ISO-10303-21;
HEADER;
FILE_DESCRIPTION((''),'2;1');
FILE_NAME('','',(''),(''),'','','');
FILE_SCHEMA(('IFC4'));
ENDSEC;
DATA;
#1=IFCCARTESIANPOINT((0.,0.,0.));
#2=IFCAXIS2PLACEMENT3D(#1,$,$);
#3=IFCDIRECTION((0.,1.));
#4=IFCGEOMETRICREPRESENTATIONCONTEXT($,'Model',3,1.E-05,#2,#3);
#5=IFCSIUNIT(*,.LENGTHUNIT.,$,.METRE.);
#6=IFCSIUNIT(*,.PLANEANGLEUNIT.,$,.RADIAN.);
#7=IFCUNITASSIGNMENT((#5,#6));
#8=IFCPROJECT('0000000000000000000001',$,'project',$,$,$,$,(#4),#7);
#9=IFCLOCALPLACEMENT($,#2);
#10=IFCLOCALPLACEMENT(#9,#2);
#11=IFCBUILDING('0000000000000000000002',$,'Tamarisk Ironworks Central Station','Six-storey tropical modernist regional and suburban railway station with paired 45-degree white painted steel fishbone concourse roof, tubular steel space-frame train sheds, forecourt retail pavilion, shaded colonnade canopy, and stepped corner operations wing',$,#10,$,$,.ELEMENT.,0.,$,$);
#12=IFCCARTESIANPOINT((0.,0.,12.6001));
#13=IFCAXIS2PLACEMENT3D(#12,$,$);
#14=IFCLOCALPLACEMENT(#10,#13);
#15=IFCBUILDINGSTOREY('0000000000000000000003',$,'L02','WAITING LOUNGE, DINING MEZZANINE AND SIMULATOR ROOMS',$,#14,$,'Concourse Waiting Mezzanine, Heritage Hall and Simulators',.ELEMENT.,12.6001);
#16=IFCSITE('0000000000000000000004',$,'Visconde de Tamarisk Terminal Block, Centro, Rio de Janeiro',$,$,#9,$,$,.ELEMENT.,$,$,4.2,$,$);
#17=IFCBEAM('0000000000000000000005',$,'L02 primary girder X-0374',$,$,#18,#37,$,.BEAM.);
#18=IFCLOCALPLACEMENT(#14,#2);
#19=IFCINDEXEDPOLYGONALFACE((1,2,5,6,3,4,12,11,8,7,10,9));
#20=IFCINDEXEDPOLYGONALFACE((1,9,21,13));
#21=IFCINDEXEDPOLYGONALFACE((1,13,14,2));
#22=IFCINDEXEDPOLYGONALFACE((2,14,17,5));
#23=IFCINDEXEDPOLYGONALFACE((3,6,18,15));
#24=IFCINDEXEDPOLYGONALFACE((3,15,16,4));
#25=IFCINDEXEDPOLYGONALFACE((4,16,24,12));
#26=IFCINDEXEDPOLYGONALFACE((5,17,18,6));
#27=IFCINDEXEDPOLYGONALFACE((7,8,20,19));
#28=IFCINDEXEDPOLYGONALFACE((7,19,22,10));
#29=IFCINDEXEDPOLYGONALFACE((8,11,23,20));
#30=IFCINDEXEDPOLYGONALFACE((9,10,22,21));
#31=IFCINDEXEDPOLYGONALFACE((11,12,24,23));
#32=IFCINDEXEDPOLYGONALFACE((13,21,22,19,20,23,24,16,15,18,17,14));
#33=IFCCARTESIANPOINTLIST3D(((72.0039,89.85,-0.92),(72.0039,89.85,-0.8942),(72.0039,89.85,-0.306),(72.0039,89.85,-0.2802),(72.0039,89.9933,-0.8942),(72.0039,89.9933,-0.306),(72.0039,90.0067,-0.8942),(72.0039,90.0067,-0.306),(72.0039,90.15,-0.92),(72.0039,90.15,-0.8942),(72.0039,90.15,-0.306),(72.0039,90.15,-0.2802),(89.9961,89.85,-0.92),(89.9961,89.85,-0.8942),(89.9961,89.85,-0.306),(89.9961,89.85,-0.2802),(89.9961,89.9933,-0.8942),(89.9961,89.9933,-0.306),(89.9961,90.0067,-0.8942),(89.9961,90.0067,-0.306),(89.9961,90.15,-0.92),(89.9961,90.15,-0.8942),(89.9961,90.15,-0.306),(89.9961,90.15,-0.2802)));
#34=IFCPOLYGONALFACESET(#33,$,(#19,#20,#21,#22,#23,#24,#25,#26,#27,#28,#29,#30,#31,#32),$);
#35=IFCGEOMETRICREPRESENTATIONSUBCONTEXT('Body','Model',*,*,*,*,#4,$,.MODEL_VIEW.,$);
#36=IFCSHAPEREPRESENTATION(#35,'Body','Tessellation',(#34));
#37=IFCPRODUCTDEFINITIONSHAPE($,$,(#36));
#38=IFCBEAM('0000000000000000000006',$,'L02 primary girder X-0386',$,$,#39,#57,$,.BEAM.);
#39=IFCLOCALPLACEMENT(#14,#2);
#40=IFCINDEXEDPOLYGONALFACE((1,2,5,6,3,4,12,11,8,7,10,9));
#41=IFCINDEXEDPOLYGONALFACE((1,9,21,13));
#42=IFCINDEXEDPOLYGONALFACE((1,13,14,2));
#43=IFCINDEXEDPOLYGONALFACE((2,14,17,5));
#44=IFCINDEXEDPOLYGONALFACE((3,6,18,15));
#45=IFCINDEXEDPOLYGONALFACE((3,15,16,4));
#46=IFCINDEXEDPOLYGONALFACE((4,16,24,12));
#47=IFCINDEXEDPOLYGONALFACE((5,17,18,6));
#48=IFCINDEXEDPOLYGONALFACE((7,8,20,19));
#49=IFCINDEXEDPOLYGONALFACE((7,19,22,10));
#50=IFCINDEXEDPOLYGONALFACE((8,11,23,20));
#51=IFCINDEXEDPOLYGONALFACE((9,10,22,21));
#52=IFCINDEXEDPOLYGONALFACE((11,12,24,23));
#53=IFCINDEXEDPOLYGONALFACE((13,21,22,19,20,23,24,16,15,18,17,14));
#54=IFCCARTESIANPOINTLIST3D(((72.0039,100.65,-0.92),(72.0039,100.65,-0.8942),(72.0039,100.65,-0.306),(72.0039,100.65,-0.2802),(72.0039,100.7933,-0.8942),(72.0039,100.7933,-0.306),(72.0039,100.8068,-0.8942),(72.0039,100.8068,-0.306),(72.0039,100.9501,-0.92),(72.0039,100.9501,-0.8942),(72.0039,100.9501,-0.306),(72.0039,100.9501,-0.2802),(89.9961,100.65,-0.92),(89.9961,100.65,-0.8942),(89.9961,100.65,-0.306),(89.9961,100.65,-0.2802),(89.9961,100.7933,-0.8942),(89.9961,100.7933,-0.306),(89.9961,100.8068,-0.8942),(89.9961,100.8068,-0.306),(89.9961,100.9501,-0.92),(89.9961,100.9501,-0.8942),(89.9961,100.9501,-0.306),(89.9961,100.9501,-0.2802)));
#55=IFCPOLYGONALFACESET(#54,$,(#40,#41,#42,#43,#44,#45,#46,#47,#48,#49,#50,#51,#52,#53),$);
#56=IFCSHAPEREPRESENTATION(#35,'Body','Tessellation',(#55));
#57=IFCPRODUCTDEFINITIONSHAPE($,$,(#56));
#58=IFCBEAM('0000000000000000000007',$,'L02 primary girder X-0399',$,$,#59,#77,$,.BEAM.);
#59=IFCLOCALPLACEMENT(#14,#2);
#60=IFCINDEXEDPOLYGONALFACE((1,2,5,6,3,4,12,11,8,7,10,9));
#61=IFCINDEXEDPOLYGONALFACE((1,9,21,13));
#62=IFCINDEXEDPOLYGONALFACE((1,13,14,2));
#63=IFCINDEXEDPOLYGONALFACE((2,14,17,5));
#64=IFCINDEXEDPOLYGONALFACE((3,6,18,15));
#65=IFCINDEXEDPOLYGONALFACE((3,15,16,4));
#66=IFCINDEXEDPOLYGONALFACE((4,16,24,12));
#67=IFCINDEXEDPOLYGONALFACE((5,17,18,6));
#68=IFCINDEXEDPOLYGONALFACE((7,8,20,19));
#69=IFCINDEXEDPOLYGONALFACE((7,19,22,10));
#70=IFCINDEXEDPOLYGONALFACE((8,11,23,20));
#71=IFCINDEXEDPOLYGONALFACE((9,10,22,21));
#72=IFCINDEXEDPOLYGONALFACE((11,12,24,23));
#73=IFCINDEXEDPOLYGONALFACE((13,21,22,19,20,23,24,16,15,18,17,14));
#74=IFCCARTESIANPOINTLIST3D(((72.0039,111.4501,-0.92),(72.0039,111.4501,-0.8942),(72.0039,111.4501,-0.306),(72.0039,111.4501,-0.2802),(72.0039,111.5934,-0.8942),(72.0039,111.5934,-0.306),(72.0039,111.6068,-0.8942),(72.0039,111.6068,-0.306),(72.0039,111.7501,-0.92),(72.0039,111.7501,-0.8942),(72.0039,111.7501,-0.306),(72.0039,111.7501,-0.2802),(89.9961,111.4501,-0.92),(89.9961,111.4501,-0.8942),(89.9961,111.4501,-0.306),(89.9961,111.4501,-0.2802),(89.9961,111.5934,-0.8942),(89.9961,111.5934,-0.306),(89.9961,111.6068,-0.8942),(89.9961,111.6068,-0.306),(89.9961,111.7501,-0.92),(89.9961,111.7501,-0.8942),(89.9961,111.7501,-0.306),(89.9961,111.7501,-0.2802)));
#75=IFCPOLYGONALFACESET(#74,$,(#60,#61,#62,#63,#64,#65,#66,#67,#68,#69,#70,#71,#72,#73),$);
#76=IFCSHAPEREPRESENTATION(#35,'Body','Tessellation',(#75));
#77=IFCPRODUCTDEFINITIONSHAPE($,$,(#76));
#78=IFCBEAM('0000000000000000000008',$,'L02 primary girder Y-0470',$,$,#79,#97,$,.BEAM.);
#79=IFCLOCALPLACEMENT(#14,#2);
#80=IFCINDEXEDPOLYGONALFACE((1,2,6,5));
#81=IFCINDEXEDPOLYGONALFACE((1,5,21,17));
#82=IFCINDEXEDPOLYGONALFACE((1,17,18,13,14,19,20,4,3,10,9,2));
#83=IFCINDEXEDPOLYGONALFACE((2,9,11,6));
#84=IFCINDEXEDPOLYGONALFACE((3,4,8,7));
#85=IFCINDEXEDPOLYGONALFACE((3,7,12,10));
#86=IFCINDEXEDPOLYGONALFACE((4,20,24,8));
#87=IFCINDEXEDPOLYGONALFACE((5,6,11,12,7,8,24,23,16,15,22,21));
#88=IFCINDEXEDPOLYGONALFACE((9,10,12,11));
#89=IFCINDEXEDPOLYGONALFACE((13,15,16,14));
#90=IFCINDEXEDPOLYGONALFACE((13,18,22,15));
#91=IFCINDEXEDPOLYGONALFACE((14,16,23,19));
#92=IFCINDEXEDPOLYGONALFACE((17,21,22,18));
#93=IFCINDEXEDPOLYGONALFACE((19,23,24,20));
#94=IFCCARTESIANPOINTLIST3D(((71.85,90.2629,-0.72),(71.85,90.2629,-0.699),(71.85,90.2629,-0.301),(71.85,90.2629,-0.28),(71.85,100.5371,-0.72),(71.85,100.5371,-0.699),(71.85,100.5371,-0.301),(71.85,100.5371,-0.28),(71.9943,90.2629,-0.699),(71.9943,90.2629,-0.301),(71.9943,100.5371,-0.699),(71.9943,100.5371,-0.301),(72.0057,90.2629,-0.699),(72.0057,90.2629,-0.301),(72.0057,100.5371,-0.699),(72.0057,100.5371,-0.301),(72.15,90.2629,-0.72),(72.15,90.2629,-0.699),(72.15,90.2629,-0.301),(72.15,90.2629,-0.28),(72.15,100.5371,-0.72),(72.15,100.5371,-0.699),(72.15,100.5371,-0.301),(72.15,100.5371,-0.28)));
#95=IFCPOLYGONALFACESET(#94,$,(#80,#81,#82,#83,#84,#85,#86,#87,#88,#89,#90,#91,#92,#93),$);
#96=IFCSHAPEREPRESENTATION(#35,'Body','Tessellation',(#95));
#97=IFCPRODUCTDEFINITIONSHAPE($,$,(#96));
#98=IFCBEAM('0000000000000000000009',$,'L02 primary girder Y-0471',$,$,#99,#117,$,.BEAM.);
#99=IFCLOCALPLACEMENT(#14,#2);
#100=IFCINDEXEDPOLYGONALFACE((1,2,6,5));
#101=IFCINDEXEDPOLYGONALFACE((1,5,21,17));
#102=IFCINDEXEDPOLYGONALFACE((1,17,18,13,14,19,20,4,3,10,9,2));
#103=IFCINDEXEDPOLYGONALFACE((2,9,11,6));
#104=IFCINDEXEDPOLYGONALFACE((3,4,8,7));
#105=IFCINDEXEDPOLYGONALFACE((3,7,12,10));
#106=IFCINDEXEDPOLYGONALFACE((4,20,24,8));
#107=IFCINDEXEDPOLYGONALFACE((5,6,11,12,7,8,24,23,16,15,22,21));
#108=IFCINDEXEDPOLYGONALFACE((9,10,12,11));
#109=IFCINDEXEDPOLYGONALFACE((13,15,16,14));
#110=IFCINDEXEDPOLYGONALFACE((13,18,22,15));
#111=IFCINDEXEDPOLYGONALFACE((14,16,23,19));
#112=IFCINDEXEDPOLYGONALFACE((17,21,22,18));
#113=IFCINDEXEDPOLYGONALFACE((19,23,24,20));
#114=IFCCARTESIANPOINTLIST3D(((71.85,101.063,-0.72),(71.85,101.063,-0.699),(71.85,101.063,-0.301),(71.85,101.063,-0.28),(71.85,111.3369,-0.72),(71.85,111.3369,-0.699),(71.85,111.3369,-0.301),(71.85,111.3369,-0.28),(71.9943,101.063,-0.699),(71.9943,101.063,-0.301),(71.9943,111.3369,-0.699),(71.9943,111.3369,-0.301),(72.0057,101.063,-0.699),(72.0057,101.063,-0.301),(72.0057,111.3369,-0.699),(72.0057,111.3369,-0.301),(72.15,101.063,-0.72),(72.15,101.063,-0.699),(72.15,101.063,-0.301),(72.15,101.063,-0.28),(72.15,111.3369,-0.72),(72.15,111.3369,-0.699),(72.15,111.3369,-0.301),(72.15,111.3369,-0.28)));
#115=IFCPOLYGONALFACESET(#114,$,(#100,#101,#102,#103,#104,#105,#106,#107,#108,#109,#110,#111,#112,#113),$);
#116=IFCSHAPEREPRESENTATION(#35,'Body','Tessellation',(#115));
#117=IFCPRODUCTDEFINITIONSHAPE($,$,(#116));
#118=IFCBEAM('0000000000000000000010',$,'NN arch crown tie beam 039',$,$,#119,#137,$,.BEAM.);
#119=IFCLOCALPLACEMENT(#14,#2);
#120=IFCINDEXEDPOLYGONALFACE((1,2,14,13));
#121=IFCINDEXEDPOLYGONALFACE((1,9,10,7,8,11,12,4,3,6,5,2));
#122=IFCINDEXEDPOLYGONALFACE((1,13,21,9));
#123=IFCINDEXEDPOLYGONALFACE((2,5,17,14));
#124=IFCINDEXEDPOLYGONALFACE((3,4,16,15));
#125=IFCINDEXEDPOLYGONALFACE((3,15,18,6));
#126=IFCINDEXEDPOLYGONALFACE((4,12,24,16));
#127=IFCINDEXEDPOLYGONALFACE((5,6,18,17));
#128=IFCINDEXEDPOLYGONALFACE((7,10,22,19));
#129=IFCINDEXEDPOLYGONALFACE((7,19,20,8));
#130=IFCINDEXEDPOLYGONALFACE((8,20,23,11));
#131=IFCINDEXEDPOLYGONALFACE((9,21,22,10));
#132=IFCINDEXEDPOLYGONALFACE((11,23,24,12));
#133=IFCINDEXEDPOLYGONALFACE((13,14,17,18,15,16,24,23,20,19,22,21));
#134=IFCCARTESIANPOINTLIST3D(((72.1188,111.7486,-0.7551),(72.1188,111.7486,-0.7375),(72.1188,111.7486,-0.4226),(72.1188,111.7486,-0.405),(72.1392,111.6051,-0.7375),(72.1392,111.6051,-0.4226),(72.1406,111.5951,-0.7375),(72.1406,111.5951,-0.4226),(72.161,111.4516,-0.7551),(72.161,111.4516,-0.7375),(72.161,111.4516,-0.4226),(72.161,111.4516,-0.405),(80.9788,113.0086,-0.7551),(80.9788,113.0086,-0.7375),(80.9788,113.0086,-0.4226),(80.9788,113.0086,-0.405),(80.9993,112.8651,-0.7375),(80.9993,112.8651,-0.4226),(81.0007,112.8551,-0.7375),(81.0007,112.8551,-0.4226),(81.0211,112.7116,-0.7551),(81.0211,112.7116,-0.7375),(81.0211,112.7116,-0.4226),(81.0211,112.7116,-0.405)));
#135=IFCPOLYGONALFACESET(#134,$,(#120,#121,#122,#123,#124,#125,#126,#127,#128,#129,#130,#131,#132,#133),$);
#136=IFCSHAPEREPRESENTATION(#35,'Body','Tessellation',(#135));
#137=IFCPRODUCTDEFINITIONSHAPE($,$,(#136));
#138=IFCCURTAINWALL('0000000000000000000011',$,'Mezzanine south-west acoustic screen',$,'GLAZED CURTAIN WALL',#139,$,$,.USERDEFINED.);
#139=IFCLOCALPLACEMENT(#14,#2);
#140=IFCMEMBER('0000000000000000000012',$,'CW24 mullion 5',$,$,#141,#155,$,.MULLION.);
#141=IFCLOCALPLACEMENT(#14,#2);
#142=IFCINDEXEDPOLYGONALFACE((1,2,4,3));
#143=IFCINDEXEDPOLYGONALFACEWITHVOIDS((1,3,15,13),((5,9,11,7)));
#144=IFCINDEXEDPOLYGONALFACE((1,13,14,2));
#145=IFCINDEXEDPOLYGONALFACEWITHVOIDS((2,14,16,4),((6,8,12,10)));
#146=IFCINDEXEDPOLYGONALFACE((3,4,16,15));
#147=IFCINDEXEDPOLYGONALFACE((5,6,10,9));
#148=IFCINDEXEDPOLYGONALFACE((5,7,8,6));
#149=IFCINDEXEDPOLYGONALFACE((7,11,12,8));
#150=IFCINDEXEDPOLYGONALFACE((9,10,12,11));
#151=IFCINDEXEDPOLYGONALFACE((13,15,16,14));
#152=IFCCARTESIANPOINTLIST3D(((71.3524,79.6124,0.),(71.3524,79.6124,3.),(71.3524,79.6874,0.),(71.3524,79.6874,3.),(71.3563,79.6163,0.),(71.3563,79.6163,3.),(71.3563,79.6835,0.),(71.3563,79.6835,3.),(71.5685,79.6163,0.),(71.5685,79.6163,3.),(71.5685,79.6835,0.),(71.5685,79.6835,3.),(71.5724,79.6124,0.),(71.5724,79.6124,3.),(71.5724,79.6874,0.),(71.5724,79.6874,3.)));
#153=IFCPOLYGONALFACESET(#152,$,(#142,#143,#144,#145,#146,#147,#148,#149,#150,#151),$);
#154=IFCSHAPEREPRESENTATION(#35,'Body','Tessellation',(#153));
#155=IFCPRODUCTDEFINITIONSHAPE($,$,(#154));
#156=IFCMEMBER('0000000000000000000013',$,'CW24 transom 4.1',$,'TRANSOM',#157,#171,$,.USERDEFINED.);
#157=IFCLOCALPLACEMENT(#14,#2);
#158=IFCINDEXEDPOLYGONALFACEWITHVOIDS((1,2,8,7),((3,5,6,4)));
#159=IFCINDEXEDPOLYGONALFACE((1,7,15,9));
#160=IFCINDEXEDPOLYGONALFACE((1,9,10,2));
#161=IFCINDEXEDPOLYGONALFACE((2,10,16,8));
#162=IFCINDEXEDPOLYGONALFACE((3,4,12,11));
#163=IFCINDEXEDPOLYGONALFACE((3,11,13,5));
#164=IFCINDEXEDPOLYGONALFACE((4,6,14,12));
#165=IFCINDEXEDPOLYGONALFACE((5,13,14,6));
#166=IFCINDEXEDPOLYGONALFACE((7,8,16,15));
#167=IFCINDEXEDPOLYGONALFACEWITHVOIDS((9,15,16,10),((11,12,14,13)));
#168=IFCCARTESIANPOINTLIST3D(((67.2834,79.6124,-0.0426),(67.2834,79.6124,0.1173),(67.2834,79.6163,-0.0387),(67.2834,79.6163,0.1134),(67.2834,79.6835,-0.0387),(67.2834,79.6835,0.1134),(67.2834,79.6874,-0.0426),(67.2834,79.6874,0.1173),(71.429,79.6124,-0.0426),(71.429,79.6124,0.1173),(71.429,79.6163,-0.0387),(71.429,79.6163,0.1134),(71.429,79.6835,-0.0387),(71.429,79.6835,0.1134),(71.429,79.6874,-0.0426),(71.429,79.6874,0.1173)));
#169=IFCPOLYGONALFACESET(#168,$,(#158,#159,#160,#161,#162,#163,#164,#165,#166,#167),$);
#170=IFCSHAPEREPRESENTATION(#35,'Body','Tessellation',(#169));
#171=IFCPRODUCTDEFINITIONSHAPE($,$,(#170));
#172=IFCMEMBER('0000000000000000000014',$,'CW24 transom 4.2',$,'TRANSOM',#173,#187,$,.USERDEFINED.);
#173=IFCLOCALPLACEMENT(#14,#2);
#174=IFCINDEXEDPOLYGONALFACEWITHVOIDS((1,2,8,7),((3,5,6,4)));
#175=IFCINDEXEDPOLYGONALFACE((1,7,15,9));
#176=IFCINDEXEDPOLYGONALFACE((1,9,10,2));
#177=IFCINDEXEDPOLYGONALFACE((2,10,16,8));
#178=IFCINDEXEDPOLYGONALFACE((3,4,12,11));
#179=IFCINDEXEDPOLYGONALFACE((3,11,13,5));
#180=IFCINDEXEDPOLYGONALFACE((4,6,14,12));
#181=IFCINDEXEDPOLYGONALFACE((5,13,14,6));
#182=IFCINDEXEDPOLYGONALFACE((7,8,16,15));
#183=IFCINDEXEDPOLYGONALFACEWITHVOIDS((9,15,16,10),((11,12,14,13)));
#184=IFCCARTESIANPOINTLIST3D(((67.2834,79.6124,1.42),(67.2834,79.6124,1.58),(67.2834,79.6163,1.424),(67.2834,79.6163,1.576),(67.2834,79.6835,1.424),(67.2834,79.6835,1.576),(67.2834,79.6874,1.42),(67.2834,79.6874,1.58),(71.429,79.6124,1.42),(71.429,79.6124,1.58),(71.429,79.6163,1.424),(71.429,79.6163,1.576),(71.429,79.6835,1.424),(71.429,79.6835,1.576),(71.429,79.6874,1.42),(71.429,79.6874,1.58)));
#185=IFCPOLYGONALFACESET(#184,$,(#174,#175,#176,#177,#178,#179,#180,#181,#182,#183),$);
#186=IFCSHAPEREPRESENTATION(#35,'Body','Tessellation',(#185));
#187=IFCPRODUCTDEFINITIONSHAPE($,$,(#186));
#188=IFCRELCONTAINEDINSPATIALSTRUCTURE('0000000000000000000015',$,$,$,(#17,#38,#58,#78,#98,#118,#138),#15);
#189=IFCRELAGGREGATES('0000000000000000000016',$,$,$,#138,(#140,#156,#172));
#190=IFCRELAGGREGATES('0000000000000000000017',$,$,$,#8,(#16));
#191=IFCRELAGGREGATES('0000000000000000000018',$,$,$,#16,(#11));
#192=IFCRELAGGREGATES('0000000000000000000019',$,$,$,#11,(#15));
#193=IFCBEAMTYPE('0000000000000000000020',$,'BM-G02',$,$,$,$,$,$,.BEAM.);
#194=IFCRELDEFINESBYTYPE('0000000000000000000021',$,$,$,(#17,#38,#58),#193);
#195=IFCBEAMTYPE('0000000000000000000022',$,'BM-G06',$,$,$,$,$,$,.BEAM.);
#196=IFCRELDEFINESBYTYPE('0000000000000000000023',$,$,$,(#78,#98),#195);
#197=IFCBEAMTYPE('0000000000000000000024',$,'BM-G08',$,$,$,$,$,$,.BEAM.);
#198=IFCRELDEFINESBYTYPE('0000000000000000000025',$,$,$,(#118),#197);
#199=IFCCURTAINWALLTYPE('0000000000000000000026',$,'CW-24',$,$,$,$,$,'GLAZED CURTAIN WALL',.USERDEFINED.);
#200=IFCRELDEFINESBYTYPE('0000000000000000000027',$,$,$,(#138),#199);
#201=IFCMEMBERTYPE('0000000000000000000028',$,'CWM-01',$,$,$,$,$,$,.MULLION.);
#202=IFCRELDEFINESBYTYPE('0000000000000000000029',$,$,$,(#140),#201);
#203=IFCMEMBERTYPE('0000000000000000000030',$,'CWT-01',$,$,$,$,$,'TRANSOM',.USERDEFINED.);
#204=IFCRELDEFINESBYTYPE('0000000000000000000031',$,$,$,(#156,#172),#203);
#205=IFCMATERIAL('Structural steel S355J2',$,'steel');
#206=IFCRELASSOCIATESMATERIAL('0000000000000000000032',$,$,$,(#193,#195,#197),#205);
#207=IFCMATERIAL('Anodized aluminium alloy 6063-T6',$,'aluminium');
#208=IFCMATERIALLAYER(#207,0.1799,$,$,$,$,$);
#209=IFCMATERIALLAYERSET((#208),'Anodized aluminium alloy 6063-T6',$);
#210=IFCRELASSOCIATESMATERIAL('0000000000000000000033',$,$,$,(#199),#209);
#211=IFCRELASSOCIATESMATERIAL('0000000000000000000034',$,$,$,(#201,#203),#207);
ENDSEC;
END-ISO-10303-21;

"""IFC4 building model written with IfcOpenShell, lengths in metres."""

from ifc_helpers import new_model, si_unit, direction, frame, origin, origin_2d, place, context, subcontext, project, spatial, hollow_rectangle, i_section, extrude, material, layer, layer_set, material_profile, profile_set, type_object, element, aggregate, save


model = new_model("IFC4")

# Units and contexts
model_context = context("Model", 3, precision=1e-05, world=origin(), true_north=direction((0.0, 1.0)))
body_context = subcontext(model_context, "Body", "Model", "MODEL_VIEW")
ifc_project = project(units=[si_unit("LENGTHUNIT", "METRE"), si_unit("PLANEANGLEUNIT", "RADIAN")], contexts=[model_context])

# Site, building, storey
site_placement = place(None, origin())
site = spatial("IfcSite", under=ifc_project, at=site_placement, Name="Visconde de Tamarisk Terminal Block, Centro, Rio de Janeiro", CompositionType="ELEMENT", RefElevation=4.2)
building_placement = place(site_placement, origin())
building = spatial("IfcBuilding", under=site, at=building_placement, Name="Tamarisk Ironworks Central Station", Description="Six-storey tropical modernist regional and suburban railway station with paired 45-degree white painted steel fishbone concourse roof, tubular steel space-frame train sheds, forecourt retail pavilion, shaded colonnade canopy, and stepped corner operations wing", CompositionType="ELEMENT", ElevationOfRefHeight=0.0)
storey_placement = place(building_placement, frame((0.0, 0.0, 12.6001)))
storey = spatial("IfcBuildingStorey", under=building, at=storey_placement, Name="L02", Description="WAITING LOUNGE, DINING MEZZANINE AND SIMULATOR ROOMS", LongName="Concourse Waiting Mezzanine, Heritage Hall and Simulators", CompositionType="ELEMENT", Elevation=12.6001)

# Shared definitions
ifc_material_1 = material(Name="Structural steel S355J2", Category="steel")

# Beams
ifc_material_profile_1 = material_profile(ifc_material_1, i_section(OverallWidth=0.3, OverallDepth=0.6399, WebThickness=0.0134, FlangeThickness=0.0259, at=origin_2d()), Name="HEA 650")
ifc_profile_set_1 = profile_set([ifc_material_profile_1], Name="Structural steel S355J2")
beam_type_1 = type_object("IfcBeamType", Name="BM-G02", PredefinedType="BEAM", material=ifc_profile_set_1)
for number, where, z_axis, x_axis, name in (
    (1, (72.0039, 90.0, -0.6001), (1.0, 0.0, 0.0), (0.0, 1.0, 0.0), "L02 primary girder X-0374"),
    (2, (72.0039, 100.8, -0.6001), (1.0, 0.0, 0.0), (0.0, 1.0, 0.0), "L02 primary girder X-0386"),
    (3, (72.0039, 111.6001, -0.6001), (1.0, 0.0, 0.0), (0.0, 1.0, 0.0), "L02 primary girder X-0399"),
):
    element("IfcBeam", number, at=place(storey_placement, frame(where, z_axis=z_axis, x_axis=x_axis)), inside=storey, type_object=beam_type_1, Name=name, PredefinedType="BEAM", context=body_context, shape_type="SweptSolid", body=[
        extrude(i_section(OverallWidth=0.3, OverallDepth=0.6399, WebThickness=0.0134, FlangeThickness=0.0259, at=origin_2d()), origin(), (0.0, 0.0, 1.0), 17.9922),
    ])
ifc_material_profile_2 = material_profile(ifc_material_1, i_section(OverallWidth=0.3, OverallDepth=0.4399, WebThickness=0.0115, FlangeThickness=0.021, at=origin_2d()), Name="HEA 450")
ifc_profile_set_2 = profile_set([ifc_material_profile_2], Name="Structural steel S355J2")
beam_type_2 = type_object("IfcBeamType", Name="BM-G06", PredefinedType="BEAM", material=ifc_profile_set_2)
beam_1_placement = place(storey_placement, frame((72.0, 90.2629, -0.5), z_axis=(0.0, 1.0, 0.0), x_axis=(-1.0, 0.0, 0.0)))
element("IfcBeam", 4, at=beam_1_placement, inside=storey, type_object=beam_type_2, Name="L02 primary girder Y-0470", PredefinedType="BEAM", context=body_context, shape_type="SweptSolid", body=[
    extrude(i_section(OverallWidth=0.3, OverallDepth=0.4399, WebThickness=0.0115, FlangeThickness=0.021, at=origin_2d()), origin(), (0.0, 0.0, 1.0), 10.2742),
])
beam_2_placement = place(storey_placement, frame((72.0, 101.063, -0.5), z_axis=(0.0, 1.0, 0.0), x_axis=(-1.0, 0.0, 0.0)))
element("IfcBeam", 5, at=beam_2_placement, inside=storey, type_object=beam_type_2, Name="L02 primary girder Y-0471", PredefinedType="BEAM", context=body_context, shape_type="SweptSolid", body=[
    extrude(i_section(OverallWidth=0.3, OverallDepth=0.4399, WebThickness=0.0115, FlangeThickness=0.021, at=origin_2d()), origin(), (0.0, 0.0, 1.0), 10.2739),
])
ifc_material_profile_3 = material_profile(ifc_material_1, i_section(OverallWidth=0.3, OverallDepth=0.3501, WebThickness=0.01, FlangeThickness=0.0176, at=origin_2d()), Name="HEA 360")
ifc_profile_set_3 = profile_set([ifc_material_profile_3], Name="Structural steel S355J2")
beam_type_3 = type_object("IfcBeamType", Name="BM-G08", PredefinedType="BEAM", material=ifc_profile_set_3)
beam_3_placement = place(storey_placement, frame((72.1399, 111.6001, -0.5801), z_axis=(0.990039, 0.140795, 0.0), x_axis=(-0.140795, 0.990039, 0.0)))
element("IfcBeam", 6, at=beam_3_placement, inside=storey, type_object=beam_type_3, Name="NN arch crown tie beam 039", PredefinedType="BEAM", context=body_context, shape_type="SweptSolid", body=[
    extrude(i_section(OverallWidth=0.3, OverallDepth=0.3501, WebThickness=0.01, FlangeThickness=0.0176, at=origin_2d()), origin(), (0.0, 0.0, 1.0), 8.9492),
])

# Curtain wall, members
ifc_material_2 = material(Name="Anodized aluminium alloy 6063-T6", Category="aluminium")
ifc_layer_1 = layer(ifc_material_2, 0.1799)
ifc_layer_set_1 = layer_set([ifc_layer_1], Name="Anodized aluminium alloy 6063-T6")
curtain_wall_type_1 = type_object("IfcCurtainWallType", Name="CW-24", ElementType="GLAZED CURTAIN WALL", PredefinedType="USERDEFINED", material=ifc_layer_set_1)
curtain_wall_1_placement = place(storey_placement, origin())
curtain_wall_1 = element("IfcCurtainWall", 7, at=curtain_wall_1_placement, inside=storey, type_object=curtain_wall_type_1, Name="Mezzanine south-west acoustic screen", ObjectType="GLAZED CURTAIN WALL", PredefinedType="USERDEFINED")
ifc_material_profile_4 = material_profile(ifc_material_2, hollow_rectangle(XDim=0.075, YDim=0.22, WallThickness=0.0039, at=origin_2d()), Name="ALUM 220x75")
ifc_profile_set_4 = profile_set([ifc_material_profile_4], Name="Anodized aluminium alloy 6063-T6")
member_type_1 = type_object("IfcMemberType", Name="CWM-01", PredefinedType="MULLION", material=ifc_profile_set_4)
member_1_placement = place(storey_placement, frame((71.4624, 79.6499, 0.0), z_axis=(0.0, 0.0, 1.0), x_axis=(0.0, 1.0, 0.0)))
member_1 = element("IfcMember", 8, at=member_1_placement, type_object=member_type_1, Name="CW24 mullion 5", PredefinedType="MULLION", context=body_context, shape_type="SweptSolid", body=[
    extrude(hollow_rectangle(XDim=0.075, YDim=0.22, WallThickness=0.0039, at=origin_2d()), origin(), (0.0, 0.0, 1.0), 3.0),
])
ifc_material_profile_5 = material_profile(ifc_material_2, hollow_rectangle(XDim=0.075, YDim=0.1599, WallThickness=0.0039, at=origin_2d()), Name="ALUM 160x75")
ifc_profile_set_5 = profile_set([ifc_material_profile_5], Name="Anodized aluminium alloy 6063-T6")
member_type_2 = type_object("IfcMemberType", Name="CWT-01", ElementType="TRANSOM", PredefinedType="USERDEFINED", material=ifc_profile_set_5)
member_2_placement = place(storey_placement, frame((67.2834, 79.6499, 0.0374), z_axis=(1.0, 0.0, 0.0), x_axis=(0.0, 1.0, 0.0)))
member_2 = element("IfcMember", 9, at=member_2_placement, type_object=member_type_2, Name="CW24 transom 4.1", ObjectType="TRANSOM", PredefinedType="USERDEFINED", context=body_context, shape_type="SweptSolid", body=[
    extrude(hollow_rectangle(XDim=0.075, YDim=0.1599, WallThickness=0.0039, at=origin_2d()), origin(), (0.0, 0.0, 1.0), 4.1455),
])
member_3_placement = place(storey_placement, frame((67.2834, 79.6499, 1.5), z_axis=(1.0, 0.0, 0.0), x_axis=(0.0, 1.0, 0.0)))
member_3 = element("IfcMember", 10, at=member_3_placement, type_object=member_type_2, Name="CW24 transom 4.2", ObjectType="TRANSOM", PredefinedType="USERDEFINED", context=body_context, shape_type="SweptSolid", body=[
    extrude(hollow_rectangle(XDim=0.075, YDim=0.1599, WallThickness=0.0039, at=origin_2d()), origin(), (0.0, 0.0, 1.0), 4.1455),
])
aggregate(curtain_wall_1, [member_1, member_2, member_3])

save(model, "model.ifc")
